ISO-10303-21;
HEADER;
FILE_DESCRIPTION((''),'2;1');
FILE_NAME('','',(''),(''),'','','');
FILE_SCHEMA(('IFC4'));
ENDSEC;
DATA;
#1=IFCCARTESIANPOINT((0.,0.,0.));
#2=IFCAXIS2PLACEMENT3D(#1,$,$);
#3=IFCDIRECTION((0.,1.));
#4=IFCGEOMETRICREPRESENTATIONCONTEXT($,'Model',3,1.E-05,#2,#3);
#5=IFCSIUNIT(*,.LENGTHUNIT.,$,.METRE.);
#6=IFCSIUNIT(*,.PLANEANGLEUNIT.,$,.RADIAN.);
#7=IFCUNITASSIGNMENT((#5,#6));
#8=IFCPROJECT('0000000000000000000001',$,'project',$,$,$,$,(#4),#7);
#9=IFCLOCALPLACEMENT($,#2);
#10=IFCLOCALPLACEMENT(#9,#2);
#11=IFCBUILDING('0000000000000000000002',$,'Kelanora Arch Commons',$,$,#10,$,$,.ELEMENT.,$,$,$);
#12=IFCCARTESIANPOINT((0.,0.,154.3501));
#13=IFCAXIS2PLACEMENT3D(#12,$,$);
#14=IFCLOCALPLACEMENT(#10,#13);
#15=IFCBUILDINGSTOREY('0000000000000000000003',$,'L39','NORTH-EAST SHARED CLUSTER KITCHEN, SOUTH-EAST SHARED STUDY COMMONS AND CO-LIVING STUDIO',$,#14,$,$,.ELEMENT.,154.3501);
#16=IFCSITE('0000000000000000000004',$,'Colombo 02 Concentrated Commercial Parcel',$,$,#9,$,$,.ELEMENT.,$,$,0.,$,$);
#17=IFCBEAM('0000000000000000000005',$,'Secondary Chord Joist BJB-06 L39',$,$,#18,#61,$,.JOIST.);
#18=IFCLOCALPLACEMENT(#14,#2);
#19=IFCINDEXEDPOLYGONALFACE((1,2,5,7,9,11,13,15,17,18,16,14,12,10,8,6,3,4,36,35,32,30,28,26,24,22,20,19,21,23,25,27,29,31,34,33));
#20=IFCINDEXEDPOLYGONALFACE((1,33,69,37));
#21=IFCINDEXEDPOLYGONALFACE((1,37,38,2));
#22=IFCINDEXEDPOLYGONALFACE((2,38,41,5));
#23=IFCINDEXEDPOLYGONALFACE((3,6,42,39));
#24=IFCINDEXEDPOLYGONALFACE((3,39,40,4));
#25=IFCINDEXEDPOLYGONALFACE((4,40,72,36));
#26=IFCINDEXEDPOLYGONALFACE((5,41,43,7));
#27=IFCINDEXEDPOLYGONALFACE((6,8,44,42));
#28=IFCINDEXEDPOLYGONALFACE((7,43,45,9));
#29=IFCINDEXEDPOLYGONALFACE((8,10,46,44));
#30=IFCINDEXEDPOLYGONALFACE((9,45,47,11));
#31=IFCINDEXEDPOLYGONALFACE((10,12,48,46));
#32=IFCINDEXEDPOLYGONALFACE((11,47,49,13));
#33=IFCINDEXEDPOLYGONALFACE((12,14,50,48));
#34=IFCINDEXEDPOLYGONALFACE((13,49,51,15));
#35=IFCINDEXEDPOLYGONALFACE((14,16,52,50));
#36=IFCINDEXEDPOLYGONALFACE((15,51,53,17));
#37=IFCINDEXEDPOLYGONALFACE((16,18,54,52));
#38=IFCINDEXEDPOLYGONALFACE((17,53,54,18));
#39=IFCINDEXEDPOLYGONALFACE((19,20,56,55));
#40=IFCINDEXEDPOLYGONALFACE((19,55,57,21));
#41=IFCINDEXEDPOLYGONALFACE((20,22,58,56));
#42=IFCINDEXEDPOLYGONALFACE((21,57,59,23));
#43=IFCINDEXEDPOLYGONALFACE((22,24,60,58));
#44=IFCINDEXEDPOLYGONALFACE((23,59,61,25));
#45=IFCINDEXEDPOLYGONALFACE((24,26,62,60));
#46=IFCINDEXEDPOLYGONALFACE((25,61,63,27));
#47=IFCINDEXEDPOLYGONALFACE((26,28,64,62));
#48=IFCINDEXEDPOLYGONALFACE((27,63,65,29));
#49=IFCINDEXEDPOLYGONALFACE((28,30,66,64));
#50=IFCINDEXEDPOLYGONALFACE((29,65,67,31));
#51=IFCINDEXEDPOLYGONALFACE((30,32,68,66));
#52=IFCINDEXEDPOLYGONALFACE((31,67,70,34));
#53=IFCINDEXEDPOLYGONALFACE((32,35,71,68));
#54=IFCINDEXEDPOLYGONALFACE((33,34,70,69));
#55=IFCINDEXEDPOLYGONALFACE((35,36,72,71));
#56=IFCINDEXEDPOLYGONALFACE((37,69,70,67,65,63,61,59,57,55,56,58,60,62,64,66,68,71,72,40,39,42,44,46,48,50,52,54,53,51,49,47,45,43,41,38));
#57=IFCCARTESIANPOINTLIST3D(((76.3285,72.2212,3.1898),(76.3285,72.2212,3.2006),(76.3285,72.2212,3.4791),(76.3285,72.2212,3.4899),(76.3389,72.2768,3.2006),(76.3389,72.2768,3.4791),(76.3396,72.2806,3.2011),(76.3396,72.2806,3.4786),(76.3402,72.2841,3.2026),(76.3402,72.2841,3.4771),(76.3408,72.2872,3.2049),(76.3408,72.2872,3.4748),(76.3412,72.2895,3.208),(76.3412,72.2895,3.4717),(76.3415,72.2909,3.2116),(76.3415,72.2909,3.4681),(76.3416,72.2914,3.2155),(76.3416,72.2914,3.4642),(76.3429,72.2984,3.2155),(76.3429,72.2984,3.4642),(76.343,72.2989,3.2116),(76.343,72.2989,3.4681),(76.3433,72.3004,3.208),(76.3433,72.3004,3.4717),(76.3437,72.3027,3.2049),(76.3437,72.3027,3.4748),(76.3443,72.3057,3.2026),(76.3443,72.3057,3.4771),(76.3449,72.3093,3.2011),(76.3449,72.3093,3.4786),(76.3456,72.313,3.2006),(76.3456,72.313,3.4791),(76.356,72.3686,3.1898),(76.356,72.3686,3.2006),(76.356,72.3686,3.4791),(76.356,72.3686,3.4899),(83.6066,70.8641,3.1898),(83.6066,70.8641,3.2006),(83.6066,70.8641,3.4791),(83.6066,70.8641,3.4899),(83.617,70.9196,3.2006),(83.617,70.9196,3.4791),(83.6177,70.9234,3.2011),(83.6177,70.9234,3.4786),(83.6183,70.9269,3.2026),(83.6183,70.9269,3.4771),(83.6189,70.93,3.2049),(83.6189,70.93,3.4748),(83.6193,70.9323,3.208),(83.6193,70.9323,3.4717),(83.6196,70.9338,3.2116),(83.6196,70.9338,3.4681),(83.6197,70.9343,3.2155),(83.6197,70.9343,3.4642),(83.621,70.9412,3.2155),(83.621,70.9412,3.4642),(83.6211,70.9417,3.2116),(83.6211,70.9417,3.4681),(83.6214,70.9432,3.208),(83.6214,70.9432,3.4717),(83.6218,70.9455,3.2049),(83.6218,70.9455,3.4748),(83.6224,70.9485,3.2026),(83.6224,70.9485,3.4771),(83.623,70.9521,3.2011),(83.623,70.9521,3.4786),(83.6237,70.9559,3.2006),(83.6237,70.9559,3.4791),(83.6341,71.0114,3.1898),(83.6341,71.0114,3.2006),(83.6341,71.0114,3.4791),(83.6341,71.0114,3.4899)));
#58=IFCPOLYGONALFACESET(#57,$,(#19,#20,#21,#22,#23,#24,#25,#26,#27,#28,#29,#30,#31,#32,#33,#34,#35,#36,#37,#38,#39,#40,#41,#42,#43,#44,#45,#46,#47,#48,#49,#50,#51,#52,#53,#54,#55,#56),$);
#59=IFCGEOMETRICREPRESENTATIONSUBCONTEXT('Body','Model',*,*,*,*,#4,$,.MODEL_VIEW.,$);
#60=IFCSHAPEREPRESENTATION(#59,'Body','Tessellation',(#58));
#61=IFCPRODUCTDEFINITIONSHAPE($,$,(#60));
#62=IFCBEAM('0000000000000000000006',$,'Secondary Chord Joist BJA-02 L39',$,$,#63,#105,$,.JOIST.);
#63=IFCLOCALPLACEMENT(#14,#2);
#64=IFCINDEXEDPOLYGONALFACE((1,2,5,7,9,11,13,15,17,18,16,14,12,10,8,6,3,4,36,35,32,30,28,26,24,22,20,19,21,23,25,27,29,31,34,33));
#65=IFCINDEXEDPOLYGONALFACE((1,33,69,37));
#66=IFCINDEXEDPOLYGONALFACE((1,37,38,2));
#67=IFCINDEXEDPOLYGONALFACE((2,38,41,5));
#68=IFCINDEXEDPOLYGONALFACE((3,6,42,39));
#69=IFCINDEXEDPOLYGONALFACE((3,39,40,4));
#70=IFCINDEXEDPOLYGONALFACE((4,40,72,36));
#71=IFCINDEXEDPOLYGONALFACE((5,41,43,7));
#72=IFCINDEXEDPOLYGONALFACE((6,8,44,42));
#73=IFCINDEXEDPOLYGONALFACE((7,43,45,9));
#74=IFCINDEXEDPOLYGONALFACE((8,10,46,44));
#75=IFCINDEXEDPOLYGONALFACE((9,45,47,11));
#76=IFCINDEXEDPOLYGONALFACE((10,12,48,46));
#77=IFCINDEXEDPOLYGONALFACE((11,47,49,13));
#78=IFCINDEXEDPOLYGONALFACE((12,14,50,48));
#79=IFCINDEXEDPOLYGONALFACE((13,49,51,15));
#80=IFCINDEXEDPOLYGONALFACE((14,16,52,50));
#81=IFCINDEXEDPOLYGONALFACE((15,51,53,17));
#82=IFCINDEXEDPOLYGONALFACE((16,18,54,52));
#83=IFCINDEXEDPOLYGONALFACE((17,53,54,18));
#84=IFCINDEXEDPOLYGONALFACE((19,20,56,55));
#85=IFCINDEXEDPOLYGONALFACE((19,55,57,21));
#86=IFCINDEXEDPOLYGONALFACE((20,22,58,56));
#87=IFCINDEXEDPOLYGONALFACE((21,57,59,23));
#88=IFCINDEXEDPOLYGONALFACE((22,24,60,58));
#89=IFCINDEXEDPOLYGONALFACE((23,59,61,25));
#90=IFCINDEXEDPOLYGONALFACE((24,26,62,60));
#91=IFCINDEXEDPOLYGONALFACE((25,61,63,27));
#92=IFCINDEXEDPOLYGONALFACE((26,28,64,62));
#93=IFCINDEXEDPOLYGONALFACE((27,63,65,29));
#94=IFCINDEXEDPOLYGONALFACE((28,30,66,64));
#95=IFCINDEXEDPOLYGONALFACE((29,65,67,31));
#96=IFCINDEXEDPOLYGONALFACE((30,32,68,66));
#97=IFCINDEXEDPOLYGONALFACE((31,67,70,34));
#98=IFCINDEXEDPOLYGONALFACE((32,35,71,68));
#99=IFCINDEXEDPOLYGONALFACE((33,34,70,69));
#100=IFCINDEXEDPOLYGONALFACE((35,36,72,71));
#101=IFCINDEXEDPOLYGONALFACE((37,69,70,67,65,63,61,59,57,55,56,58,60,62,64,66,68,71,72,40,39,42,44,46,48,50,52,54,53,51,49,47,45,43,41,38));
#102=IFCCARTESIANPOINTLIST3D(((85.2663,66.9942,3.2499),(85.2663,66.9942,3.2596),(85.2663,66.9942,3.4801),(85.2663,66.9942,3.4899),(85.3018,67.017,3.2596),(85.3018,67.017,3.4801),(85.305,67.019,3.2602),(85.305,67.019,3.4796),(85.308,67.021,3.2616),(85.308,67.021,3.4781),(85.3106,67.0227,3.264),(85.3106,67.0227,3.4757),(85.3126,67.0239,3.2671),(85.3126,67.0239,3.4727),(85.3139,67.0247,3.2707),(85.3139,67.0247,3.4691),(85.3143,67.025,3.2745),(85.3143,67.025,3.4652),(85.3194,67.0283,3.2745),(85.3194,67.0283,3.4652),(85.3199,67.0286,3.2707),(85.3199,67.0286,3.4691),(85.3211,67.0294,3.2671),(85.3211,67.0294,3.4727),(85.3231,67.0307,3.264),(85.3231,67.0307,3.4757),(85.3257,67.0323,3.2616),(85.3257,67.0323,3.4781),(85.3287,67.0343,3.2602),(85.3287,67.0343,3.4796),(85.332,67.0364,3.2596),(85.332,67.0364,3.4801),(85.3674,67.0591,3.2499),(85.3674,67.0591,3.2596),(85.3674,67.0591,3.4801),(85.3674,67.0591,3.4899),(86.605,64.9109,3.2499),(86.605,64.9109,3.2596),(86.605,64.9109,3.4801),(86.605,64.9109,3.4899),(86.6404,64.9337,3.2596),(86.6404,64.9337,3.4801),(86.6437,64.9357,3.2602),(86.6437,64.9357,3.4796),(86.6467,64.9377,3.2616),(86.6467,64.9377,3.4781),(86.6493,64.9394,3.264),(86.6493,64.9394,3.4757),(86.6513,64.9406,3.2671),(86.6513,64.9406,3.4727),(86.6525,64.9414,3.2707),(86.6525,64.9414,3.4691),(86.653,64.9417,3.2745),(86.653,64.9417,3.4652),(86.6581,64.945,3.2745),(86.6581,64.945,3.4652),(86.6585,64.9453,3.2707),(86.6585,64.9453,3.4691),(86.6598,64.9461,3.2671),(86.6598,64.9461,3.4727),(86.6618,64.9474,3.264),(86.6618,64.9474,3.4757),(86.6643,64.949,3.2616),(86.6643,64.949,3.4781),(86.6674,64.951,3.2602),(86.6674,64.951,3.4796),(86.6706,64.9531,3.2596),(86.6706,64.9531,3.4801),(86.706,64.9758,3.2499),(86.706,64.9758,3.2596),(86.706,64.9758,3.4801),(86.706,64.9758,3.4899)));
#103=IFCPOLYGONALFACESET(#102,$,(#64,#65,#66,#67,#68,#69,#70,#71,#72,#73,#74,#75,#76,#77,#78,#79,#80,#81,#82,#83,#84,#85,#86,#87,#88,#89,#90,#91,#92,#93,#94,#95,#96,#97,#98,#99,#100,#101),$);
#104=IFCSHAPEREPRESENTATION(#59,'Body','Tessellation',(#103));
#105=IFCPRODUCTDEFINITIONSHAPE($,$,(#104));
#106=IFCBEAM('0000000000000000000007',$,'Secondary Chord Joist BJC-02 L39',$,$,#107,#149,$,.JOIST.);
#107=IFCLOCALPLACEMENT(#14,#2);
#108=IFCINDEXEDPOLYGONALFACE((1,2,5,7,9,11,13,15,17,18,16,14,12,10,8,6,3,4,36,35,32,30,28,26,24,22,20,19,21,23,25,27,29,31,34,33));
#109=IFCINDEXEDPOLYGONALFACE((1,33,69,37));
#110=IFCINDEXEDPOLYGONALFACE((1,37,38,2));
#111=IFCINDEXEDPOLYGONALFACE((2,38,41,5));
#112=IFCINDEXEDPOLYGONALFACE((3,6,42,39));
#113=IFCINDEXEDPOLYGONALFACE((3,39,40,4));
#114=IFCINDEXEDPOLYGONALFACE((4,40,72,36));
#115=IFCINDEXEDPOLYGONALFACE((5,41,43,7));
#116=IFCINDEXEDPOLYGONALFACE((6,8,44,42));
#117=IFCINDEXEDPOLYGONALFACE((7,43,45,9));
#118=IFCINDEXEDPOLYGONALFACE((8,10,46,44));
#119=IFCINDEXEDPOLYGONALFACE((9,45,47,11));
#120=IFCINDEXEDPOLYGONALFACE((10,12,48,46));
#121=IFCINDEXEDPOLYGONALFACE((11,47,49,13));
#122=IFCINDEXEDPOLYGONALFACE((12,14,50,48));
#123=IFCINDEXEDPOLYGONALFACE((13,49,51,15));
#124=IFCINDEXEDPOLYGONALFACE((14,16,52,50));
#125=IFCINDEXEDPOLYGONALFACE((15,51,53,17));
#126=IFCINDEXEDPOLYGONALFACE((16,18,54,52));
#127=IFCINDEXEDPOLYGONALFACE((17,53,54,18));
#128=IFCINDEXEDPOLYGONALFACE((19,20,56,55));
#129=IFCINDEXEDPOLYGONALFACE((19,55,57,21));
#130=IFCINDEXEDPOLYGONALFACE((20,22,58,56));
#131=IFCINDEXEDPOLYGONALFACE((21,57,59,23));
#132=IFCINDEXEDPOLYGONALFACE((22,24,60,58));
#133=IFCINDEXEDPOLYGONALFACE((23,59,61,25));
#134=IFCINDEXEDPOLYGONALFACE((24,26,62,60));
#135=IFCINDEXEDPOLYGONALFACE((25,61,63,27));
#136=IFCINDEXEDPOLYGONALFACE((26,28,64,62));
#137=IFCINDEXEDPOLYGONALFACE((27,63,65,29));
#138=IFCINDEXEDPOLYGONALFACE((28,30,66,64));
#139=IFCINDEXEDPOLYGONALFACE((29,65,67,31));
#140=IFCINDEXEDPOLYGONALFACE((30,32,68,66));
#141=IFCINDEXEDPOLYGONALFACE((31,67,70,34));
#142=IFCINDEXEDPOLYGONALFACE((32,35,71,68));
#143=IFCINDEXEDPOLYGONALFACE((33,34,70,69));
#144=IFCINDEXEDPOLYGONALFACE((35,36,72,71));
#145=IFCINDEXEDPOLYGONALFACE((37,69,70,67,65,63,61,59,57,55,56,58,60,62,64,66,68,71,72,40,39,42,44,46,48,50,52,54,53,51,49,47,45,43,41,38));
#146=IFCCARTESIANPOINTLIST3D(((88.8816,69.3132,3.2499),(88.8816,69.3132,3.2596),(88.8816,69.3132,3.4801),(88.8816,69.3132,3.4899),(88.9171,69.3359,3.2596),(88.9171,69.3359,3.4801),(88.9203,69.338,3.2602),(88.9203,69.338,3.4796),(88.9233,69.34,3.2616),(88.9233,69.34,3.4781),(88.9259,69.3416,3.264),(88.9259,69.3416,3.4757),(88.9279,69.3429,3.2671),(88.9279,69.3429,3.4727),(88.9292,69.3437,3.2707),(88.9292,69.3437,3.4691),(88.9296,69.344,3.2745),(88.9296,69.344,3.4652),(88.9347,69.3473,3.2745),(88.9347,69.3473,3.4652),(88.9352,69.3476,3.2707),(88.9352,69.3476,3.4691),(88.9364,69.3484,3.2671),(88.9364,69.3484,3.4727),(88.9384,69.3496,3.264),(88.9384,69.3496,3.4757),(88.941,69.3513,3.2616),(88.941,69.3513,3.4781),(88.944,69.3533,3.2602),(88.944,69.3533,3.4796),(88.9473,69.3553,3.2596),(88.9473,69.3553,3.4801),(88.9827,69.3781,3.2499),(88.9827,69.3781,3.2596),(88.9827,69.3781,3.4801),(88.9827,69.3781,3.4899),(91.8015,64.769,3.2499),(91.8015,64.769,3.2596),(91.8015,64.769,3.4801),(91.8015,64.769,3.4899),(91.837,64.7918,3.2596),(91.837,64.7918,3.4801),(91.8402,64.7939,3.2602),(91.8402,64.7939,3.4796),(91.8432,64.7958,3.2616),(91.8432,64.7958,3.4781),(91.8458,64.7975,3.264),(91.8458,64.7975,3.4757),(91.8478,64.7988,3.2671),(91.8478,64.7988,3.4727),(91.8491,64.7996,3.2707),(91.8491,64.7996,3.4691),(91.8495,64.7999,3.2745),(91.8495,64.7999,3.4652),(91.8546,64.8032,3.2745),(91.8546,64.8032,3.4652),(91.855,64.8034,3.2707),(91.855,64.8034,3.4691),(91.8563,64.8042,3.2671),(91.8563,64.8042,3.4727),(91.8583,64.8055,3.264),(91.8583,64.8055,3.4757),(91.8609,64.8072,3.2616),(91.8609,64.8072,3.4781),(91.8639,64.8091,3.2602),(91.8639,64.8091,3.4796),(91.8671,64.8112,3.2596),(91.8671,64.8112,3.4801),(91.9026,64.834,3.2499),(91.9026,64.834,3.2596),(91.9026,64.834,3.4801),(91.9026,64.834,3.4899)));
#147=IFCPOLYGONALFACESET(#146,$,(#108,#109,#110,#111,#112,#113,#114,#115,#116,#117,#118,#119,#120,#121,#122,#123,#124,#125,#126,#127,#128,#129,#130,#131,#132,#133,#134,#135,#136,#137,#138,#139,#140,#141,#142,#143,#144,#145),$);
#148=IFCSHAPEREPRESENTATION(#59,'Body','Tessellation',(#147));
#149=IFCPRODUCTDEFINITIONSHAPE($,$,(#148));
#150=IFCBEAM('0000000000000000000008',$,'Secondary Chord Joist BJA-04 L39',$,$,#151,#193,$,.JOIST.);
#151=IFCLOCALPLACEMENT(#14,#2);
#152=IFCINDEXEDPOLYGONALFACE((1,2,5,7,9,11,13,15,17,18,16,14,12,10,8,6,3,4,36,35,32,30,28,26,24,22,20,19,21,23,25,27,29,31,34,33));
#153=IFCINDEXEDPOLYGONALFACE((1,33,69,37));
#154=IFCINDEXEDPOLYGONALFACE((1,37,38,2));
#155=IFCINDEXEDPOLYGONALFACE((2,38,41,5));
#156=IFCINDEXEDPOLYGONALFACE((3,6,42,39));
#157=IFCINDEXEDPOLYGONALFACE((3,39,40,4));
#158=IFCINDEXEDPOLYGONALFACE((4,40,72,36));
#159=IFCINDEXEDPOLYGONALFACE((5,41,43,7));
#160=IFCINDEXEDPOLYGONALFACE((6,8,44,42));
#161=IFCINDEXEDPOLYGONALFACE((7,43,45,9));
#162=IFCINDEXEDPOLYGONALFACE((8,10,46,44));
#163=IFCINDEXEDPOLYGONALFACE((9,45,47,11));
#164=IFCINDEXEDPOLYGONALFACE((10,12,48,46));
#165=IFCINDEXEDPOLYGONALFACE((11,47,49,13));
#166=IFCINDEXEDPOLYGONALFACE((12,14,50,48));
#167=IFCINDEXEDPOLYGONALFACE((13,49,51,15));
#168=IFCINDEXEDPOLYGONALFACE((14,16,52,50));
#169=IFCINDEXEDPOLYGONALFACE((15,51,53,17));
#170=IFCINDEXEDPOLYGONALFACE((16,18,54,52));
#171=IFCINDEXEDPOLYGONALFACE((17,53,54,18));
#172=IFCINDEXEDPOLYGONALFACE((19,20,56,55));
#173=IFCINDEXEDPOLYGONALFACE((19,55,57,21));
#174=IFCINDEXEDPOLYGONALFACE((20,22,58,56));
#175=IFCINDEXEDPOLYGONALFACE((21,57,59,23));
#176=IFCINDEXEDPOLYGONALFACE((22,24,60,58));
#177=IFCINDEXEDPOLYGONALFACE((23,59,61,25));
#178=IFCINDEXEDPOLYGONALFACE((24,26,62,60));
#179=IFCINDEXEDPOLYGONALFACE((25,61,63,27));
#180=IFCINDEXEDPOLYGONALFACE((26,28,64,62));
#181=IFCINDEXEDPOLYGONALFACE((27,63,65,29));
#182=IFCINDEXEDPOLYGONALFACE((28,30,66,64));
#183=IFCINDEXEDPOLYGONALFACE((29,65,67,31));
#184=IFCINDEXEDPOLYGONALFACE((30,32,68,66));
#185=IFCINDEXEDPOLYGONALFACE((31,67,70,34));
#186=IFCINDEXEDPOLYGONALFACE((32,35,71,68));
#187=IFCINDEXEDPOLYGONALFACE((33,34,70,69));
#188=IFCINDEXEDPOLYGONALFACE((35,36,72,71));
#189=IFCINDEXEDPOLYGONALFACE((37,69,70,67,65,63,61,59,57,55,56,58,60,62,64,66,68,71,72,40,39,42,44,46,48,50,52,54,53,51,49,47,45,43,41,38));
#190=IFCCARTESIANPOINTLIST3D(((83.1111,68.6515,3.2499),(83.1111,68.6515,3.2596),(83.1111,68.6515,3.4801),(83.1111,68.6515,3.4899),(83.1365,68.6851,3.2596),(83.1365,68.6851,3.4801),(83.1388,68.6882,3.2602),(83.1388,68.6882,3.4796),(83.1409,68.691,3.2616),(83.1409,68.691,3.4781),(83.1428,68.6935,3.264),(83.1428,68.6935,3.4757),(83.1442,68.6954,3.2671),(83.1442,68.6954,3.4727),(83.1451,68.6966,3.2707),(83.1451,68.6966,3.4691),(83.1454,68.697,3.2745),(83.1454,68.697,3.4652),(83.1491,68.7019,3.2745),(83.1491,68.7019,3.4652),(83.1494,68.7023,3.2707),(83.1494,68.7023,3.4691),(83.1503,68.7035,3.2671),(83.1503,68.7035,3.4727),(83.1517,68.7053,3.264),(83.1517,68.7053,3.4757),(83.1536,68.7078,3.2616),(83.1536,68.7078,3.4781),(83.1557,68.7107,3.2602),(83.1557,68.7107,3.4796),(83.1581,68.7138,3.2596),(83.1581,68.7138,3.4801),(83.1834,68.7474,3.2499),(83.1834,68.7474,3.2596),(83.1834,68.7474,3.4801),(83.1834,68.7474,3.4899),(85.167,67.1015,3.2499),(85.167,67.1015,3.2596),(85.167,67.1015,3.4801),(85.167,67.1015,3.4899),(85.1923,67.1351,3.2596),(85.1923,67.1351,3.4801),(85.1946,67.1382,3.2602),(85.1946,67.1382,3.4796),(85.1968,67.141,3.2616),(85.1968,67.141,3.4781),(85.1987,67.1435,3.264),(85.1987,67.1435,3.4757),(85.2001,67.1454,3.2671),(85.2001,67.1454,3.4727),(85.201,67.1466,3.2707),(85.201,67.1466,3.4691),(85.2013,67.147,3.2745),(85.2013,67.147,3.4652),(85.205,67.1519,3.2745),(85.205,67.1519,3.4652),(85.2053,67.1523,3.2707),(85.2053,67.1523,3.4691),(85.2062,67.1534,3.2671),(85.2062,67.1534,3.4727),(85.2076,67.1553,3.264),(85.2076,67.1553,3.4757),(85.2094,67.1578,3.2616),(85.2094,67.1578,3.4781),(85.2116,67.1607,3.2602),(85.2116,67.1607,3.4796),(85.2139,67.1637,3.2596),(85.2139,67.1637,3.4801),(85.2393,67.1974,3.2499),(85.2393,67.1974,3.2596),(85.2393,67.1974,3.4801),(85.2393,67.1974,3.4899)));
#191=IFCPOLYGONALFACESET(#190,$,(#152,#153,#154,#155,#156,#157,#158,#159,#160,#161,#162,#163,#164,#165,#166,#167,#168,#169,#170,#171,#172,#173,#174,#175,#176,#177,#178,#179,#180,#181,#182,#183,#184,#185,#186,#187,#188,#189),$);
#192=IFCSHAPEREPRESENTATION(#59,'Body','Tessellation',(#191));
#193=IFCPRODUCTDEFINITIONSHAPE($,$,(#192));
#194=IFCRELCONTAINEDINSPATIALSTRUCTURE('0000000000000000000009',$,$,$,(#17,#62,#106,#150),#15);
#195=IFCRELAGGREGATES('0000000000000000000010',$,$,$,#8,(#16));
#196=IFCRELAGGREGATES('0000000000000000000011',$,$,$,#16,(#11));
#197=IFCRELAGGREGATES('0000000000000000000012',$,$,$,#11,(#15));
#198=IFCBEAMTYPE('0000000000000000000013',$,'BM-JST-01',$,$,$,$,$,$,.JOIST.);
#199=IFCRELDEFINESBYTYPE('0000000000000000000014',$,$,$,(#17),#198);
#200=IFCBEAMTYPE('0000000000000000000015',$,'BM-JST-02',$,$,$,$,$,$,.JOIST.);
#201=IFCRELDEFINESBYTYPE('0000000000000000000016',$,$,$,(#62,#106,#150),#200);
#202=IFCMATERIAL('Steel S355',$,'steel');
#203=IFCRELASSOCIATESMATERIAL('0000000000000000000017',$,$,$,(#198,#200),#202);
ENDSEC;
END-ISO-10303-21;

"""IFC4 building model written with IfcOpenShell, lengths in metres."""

from ifc_helpers import new_model, si_unit, direction, frame, origin, origin_2d, place, context, subcontext, project, spatial, i_section, extrude, material, material_profile, profile_set, type_object, element, save


model = new_model("IFC4")

# Units and contexts
model_context = context("Model", 3, precision=1e-05, world=origin(), true_north=direction((0.0, 1.0)))
body_context = subcontext(model_context, "Body", "Model", "MODEL_VIEW")
ifc_project = project(units=[si_unit("LENGTHUNIT", "METRE"), si_unit("PLANEANGLEUNIT", "RADIAN")], contexts=[model_context])

# Site, building, storey
site_placement = place(None, origin())
site = spatial("IfcSite", under=ifc_project, at=site_placement, Name="Colombo 02 Concentrated Commercial Parcel", CompositionType="ELEMENT", RefElevation=0.0)
building_placement = place(site_placement, origin())
building = spatial("IfcBuilding", under=site, at=building_placement, Name="Kelanora Arch Commons", CompositionType="ELEMENT")
storey_placement = place(building_placement, frame((0.0, 0.0, 154.3501)))
storey = spatial("IfcBuildingStorey", under=building, at=storey_placement, Name="L39", Description="NORTH-EAST SHARED CLUSTER KITCHEN, SOUTH-EAST SHARED STUDY COMMONS AND CO-LIVING STUDIO", CompositionType="ELEMENT", Elevation=154.3501)

# Beams
ifc_material_1 = material(Name="Steel S355", Category="steel")
ifc_material_profile_1 = material_profile(ifc_material_1, i_section(OverallWidth=0.1499, OverallDepth=0.3, WebThickness=0.0071, FlangeThickness=0.0107, FilletRadius=0.0149, at=origin_2d()), Name="IPE300")
ifc_profile_set_1 = profile_set([ifc_material_profile_1], Name="Steel S355")
beam_type_1 = type_object("IfcBeamType", Name="BM-JST-01", PredefinedType="JOIST", material=ifc_profile_set_1)
beam_1_placement = place(storey_placement, frame((83.6204, 70.9377, 3.3398), z_axis=(-0.983054, 0.183315, 0.0), x_axis=(-0.183315, -0.983054, 0.0)))
element("IfcBeam", 1, at=beam_1_placement, inside=storey, type_object=beam_type_1, Name="Secondary Chord Joist BJB-06 L39", PredefinedType="JOIST", context=body_context, shape_type="SweptSolid", body=[
    extrude(i_section(OverallWidth=0.1499, OverallDepth=0.3, WebThickness=0.0071, FlangeThickness=0.0107, FilletRadius=0.0149, at=origin_2d()), origin(), (0.0, 0.0, 1.0), 7.4036),
])
ifc_material_profile_2 = material_profile(ifc_material_1, i_section(OverallWidth=0.1201, OverallDepth=0.24, WebThickness=0.0061, FlangeThickness=0.0098, FilletRadius=0.0149, at=origin_2d()), Name="IPE240")
ifc_profile_set_2 = profile_set([ifc_material_profile_2], Name="Steel S355")
beam_type_2 = type_object("IfcBeamType", Name="BM-JST-02", PredefinedType="JOIST", material=ifc_profile_set_2)
beam_2_placement = place(storey_placement, frame((86.6555, 64.9434, 3.3699), z_axis=(-0.540583, 0.841291, 0.0), x_axis=(-0.841291, -0.540583, 0.0)))
element("IfcBeam", 2, at=beam_2_placement, inside=storey, type_object=beam_type_2, Name="Secondary Chord Joist BJA-02 L39", PredefinedType="JOIST", context=body_context, shape_type="SweptSolid", body=[
    extrude(i_section(OverallWidth=0.1201, OverallDepth=0.24, WebThickness=0.0061, FlangeThickness=0.0098, FilletRadius=0.0149, at=origin_2d()), origin(), (0.0, 0.0, 1.0), 2.4763),
])
beam_3_placement = place(storey_placement, frame((91.8521, 64.8015, 3.3699), z_axis=(-0.540582, 0.841292, 0.0), x_axis=(-0.841292, -0.540582, 0.0)))
element("IfcBeam", 3, at=beam_3_placement, inside=storey, type_object=beam_type_2, Name="Secondary Chord Joist BJC-02 L39", PredefinedType="JOIST", context=body_context, shape_type="SweptSolid", body=[
    extrude(i_section(OverallWidth=0.1201, OverallDepth=0.24, WebThickness=0.0061, FlangeThickness=0.0098, FilletRadius=0.0149, at=origin_2d()), origin(), (0.0, 0.0, 1.0), 5.4014),
])
beam_4_placement = place(storey_placement, frame((85.2031, 67.1494, 3.3699), z_axis=(-0.798484, 0.602016, 0.0), x_axis=(-0.602016, -0.798484, 0.0)))
element("IfcBeam", 4, at=beam_4_placement, inside=storey, type_object=beam_type_2, Name="Secondary Chord Joist BJA-04 L39", PredefinedType="JOIST", context=body_context, shape_type="SweptSolid", body=[
    extrude(i_section(OverallWidth=0.1201, OverallDepth=0.24, WebThickness=0.0061, FlangeThickness=0.0098, FilletRadius=0.0149, at=origin_2d()), origin(), (0.0, 0.0, 1.0), 2.5747),
])

save(model, "model.ifc")
